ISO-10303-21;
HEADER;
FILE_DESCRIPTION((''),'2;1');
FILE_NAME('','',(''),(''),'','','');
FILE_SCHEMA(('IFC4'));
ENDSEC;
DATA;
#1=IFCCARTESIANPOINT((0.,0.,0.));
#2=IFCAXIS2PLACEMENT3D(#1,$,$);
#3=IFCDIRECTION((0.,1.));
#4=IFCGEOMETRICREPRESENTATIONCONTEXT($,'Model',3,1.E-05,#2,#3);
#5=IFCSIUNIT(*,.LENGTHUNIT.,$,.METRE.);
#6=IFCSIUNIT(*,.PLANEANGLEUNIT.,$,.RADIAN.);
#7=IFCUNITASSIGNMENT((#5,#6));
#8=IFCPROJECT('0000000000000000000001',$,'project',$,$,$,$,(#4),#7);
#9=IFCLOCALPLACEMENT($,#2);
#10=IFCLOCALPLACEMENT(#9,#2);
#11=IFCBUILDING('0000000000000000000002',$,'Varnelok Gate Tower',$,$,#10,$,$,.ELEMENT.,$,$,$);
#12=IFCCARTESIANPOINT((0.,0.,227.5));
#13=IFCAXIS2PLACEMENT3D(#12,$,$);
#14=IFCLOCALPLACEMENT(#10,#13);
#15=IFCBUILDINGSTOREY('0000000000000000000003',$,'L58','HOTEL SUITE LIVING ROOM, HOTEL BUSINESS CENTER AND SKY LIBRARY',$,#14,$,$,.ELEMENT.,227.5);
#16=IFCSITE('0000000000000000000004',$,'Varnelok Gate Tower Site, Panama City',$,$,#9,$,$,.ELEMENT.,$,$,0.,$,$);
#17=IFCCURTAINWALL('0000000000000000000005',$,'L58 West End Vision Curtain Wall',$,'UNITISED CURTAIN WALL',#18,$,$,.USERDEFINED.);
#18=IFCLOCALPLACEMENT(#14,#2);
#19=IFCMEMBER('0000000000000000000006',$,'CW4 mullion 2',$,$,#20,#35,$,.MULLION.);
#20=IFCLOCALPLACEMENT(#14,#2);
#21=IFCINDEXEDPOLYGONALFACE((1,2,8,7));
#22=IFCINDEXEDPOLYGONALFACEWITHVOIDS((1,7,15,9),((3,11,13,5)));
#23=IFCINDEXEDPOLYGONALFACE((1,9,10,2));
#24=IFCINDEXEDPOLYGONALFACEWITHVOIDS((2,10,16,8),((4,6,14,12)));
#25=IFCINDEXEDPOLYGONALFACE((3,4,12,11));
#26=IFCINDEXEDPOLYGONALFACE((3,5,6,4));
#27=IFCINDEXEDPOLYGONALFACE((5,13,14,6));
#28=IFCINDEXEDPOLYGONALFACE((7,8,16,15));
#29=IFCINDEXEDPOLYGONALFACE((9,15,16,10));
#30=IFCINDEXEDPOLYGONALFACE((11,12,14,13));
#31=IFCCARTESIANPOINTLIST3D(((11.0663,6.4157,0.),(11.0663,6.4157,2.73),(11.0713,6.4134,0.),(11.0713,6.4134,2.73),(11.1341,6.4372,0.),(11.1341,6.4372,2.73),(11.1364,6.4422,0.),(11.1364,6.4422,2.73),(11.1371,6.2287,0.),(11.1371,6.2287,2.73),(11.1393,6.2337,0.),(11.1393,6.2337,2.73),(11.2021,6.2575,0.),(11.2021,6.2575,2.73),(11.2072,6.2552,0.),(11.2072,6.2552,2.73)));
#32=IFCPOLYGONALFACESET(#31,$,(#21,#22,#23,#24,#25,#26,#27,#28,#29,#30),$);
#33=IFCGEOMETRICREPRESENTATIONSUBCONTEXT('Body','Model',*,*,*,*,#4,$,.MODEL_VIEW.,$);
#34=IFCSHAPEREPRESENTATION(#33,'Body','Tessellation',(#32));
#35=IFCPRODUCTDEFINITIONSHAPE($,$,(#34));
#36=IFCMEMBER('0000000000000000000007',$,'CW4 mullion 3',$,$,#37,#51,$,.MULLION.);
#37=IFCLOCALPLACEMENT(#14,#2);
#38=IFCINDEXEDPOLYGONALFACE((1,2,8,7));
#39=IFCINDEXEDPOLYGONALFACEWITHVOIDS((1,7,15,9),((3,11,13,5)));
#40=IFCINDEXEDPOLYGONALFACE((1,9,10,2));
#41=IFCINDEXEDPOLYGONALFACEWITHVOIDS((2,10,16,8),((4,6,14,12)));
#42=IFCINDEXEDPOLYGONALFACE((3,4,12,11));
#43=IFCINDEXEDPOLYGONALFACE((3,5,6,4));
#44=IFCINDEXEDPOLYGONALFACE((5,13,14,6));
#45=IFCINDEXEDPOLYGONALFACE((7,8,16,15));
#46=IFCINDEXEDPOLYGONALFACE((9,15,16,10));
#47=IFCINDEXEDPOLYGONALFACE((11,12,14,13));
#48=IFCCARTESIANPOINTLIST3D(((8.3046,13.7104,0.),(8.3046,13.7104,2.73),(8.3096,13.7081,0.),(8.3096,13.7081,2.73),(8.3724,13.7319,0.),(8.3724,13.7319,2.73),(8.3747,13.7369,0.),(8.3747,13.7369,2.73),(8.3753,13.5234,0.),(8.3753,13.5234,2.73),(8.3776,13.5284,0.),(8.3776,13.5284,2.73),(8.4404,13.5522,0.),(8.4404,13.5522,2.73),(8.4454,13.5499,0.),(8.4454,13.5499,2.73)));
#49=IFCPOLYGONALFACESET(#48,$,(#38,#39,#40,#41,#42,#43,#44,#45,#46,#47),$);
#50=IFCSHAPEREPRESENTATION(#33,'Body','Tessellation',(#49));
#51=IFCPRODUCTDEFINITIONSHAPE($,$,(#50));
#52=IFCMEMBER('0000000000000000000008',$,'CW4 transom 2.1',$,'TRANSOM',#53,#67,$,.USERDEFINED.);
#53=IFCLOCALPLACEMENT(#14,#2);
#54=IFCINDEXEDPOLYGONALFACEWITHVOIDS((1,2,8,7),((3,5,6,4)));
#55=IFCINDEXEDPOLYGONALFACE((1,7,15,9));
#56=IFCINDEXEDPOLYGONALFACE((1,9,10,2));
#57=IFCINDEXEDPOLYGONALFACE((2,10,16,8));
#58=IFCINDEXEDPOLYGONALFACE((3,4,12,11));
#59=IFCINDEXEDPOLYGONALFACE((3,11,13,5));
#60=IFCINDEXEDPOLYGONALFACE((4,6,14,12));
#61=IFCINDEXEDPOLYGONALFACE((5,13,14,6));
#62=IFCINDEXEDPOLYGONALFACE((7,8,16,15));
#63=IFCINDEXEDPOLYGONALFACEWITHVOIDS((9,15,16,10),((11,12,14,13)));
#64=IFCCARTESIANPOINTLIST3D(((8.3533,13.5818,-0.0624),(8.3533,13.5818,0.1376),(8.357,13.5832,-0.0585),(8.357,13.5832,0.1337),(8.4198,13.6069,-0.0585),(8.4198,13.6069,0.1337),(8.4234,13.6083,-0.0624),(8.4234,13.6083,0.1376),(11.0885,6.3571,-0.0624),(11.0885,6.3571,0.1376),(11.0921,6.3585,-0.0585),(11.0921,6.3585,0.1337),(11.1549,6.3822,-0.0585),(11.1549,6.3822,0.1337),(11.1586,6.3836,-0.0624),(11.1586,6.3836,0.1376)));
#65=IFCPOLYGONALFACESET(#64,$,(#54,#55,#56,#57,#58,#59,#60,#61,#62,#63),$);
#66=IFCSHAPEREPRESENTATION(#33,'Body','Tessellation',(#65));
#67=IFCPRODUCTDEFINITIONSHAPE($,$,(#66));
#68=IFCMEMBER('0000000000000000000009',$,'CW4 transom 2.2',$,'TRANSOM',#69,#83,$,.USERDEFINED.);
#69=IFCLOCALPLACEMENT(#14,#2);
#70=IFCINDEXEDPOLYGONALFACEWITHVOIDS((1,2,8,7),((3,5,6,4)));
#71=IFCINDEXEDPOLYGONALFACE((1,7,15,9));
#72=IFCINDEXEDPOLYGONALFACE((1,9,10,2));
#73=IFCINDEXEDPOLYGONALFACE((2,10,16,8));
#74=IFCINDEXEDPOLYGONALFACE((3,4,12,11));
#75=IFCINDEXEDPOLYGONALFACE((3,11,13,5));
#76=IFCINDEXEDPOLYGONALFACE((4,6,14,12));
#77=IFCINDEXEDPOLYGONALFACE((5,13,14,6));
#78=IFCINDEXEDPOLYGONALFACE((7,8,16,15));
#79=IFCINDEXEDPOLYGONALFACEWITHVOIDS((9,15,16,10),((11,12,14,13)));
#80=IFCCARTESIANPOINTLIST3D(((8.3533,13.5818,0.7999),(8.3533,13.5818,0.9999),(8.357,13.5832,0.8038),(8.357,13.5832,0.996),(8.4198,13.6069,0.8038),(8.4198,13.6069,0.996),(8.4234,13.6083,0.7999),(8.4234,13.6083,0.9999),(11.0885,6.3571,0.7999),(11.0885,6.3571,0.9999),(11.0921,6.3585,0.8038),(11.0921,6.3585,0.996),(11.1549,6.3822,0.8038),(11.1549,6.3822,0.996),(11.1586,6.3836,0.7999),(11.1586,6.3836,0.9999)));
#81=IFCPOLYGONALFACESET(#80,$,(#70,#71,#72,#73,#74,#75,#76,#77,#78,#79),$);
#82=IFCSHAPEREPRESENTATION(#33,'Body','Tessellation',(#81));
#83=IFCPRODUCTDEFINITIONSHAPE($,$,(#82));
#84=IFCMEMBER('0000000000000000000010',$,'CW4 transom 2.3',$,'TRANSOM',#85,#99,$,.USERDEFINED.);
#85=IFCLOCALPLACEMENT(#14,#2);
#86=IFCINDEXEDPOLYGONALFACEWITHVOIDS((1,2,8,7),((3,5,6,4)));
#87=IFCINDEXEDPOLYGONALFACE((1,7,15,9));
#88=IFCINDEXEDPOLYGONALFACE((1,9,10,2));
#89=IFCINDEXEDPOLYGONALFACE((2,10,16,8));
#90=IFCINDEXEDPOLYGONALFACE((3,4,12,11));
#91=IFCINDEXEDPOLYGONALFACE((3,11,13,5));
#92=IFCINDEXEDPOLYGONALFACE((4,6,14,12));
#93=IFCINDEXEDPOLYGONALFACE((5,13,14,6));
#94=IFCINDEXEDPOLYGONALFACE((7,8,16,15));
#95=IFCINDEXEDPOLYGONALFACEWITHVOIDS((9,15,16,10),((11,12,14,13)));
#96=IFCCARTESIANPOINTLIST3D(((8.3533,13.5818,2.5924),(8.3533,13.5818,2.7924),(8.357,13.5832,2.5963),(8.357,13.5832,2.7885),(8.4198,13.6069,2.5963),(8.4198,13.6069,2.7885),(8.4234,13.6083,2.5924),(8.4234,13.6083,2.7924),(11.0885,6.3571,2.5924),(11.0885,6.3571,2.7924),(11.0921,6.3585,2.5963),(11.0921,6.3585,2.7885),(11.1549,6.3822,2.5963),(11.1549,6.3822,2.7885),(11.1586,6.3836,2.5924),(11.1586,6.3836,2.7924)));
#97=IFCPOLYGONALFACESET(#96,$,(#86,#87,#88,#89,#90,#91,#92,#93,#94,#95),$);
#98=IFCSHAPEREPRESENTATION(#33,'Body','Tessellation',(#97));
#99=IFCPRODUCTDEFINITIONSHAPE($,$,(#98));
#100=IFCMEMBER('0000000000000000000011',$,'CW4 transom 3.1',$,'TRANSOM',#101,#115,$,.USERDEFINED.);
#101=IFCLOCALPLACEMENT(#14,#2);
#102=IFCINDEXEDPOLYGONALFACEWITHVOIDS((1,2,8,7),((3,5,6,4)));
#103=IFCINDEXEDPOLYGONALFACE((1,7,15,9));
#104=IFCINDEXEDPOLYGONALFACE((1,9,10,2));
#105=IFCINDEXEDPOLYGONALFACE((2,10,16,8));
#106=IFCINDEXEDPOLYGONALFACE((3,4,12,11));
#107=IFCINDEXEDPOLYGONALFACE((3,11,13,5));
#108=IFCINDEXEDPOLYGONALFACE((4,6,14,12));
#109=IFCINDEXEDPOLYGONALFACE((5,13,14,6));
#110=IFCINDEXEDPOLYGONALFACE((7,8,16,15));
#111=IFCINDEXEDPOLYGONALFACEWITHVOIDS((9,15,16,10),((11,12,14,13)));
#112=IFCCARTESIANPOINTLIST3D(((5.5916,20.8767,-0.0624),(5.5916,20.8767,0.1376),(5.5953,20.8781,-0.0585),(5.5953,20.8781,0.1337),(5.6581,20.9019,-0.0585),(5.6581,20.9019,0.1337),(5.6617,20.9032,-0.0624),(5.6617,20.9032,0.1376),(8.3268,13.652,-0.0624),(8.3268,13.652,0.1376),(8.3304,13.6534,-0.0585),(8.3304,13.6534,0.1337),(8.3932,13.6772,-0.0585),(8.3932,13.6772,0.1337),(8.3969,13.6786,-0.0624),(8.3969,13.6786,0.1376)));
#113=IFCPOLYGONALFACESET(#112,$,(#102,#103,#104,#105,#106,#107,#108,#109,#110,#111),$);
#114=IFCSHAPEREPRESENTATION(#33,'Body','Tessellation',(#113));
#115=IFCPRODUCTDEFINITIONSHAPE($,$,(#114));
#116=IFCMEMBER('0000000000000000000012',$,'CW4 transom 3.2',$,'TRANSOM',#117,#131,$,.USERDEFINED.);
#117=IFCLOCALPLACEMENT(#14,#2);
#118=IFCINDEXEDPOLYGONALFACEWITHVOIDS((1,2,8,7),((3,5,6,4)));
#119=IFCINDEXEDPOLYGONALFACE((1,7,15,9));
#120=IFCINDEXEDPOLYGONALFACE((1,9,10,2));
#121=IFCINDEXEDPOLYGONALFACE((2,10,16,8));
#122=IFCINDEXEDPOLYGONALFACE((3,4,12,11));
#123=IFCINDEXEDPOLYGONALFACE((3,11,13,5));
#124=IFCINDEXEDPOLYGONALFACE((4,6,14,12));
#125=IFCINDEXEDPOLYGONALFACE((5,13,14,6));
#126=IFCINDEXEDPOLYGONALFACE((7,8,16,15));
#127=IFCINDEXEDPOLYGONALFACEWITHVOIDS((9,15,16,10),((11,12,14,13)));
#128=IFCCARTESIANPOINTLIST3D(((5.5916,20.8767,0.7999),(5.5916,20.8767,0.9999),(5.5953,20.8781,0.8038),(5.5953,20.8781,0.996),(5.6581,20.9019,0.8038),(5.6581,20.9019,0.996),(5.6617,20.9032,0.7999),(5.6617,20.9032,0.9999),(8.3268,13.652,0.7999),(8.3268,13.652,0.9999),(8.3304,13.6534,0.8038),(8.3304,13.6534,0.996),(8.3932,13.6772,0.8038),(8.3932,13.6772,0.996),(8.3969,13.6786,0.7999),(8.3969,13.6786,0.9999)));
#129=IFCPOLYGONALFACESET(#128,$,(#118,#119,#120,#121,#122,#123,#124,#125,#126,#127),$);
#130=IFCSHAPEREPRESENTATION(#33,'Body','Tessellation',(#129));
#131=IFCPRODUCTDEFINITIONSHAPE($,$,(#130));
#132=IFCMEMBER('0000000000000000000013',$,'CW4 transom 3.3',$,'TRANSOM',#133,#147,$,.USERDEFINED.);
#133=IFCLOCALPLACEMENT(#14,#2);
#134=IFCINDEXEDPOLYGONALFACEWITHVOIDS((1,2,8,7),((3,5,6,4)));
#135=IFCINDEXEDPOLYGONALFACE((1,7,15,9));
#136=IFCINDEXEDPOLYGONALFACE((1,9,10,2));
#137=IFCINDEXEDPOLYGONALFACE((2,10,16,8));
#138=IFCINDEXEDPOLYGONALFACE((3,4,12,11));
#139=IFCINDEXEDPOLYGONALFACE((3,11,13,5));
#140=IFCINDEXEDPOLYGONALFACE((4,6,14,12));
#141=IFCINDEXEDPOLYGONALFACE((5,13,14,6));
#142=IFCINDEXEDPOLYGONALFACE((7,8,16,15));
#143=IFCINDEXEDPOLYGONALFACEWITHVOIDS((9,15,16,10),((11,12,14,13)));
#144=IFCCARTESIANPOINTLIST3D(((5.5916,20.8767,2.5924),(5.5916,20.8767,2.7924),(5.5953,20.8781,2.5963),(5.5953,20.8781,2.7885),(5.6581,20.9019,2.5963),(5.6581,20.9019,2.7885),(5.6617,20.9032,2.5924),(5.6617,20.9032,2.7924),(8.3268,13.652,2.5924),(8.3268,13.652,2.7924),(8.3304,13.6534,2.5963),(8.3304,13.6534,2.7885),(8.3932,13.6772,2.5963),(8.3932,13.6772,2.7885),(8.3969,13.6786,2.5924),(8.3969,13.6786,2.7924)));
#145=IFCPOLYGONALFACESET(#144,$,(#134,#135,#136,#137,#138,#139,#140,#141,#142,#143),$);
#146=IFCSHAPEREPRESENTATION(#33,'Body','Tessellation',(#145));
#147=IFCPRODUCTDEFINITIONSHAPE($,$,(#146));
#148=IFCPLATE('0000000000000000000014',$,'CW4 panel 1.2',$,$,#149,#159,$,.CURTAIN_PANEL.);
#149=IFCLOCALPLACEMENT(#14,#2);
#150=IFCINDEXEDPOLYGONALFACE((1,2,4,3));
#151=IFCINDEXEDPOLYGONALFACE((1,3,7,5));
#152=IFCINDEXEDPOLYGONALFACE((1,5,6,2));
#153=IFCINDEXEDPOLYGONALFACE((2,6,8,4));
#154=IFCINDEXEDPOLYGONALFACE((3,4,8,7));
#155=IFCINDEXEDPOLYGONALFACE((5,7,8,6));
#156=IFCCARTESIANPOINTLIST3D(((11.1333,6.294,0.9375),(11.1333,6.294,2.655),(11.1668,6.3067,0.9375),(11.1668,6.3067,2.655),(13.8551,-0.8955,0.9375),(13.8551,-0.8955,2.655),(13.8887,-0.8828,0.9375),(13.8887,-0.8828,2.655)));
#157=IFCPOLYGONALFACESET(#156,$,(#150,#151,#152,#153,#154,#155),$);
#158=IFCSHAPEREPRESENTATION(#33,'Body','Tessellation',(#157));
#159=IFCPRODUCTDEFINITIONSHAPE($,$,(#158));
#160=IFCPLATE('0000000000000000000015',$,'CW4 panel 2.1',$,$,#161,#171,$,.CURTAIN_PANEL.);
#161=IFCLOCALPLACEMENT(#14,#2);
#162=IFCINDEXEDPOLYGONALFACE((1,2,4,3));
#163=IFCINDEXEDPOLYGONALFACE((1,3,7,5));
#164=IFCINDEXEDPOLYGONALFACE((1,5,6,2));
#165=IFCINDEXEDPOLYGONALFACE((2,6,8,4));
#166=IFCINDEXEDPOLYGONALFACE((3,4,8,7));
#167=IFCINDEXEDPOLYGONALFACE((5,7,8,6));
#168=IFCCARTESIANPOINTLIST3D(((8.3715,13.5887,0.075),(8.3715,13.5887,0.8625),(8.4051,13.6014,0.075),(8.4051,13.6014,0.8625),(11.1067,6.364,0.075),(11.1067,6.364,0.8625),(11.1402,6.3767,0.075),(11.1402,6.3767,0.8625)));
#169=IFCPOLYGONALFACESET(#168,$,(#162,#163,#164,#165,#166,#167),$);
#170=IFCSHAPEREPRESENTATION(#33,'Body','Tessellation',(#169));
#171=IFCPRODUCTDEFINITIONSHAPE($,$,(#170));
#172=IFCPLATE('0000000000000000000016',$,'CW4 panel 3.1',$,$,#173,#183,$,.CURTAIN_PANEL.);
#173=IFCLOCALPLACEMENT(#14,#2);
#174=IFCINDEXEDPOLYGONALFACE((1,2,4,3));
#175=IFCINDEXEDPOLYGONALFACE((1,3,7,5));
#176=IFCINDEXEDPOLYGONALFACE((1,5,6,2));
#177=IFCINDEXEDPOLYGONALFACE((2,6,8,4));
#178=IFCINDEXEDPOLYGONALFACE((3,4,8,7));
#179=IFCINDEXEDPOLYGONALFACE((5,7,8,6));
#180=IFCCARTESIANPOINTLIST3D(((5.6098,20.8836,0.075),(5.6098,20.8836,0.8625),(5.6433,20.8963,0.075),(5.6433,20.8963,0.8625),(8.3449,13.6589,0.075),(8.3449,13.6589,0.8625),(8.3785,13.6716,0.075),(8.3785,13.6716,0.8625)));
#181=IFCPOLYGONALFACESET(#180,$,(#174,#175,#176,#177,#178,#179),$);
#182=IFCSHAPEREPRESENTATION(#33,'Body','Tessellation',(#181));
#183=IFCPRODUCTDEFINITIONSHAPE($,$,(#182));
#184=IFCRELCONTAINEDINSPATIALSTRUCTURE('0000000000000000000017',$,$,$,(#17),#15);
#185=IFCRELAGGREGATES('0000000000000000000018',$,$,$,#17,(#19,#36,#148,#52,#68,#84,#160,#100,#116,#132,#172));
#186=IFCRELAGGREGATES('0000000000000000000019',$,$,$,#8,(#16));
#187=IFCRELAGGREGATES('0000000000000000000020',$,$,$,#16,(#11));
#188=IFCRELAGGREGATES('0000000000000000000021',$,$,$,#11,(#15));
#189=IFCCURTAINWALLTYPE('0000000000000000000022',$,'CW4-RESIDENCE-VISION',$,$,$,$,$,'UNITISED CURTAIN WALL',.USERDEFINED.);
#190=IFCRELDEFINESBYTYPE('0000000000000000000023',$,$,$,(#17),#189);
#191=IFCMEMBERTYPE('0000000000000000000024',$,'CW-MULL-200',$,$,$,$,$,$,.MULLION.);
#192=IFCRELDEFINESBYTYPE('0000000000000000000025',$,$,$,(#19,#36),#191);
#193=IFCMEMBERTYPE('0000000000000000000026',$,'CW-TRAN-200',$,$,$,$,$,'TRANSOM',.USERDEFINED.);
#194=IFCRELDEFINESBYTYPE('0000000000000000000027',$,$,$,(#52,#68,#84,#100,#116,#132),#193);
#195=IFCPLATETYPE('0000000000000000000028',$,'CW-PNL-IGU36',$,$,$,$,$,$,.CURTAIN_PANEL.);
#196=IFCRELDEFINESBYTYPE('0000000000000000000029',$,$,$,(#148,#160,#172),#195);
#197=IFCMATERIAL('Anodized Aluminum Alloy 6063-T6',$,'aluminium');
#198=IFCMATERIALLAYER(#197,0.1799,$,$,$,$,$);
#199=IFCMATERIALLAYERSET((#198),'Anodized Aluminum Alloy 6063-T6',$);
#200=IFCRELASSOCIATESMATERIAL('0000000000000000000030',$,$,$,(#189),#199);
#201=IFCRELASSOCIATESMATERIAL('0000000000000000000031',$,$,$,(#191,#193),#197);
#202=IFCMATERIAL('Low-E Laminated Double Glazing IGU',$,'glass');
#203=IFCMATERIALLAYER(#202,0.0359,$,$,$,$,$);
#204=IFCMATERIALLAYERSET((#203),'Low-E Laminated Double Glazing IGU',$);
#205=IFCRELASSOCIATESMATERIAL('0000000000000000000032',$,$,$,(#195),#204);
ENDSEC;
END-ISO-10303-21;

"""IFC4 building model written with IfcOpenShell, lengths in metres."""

from ifc_helpers import new_model, si_unit, direction, frame, origin, origin_2d, place, context, subcontext, project, spatial, rectangle, hollow_rectangle, extrude, source, transform, mapped, material, layer, layer_set, material_profile, profile_set, type_object, element, aggregate, save


model = new_model("IFC4")

# Units and contexts
model_context = context("Model", 3, precision=1e-05, world=origin(), true_north=direction((0.0, 1.0)))
body_context = subcontext(model_context, "Body", "Model", "MODEL_VIEW")
ifc_project = project(units=[si_unit("LENGTHUNIT", "METRE"), si_unit("PLANEANGLEUNIT", "RADIAN")], contexts=[model_context])

# Site, building, storey
site_placement = place(None, origin())
site = spatial("IfcSite", under=ifc_project, at=site_placement, Name="Varnelok Gate Tower Site, Panama City", CompositionType="ELEMENT", RefElevation=0.0)
building_placement = place(site_placement, origin())
building = spatial("IfcBuilding", under=site, at=building_placement, Name="Varnelok Gate Tower", CompositionType="ELEMENT")
storey_placement = place(building_placement, frame((0.0, 0.0, 227.5)))
storey = spatial("IfcBuildingStorey", under=building, at=storey_placement, Name="L58", Description="HOTEL SUITE LIVING ROOM, HOTEL BUSINESS CENTER AND SKY LIBRARY", CompositionType="ELEMENT", Elevation=227.5)

# Curtain wall, members, plates
ifc_material_1 = material(Name="Anodized Aluminum Alloy 6063-T6", Category="aluminium")
ifc_layer_1 = layer(ifc_material_1, 0.1799)
ifc_layer_set_1 = layer_set([ifc_layer_1], Name="Anodized Aluminum Alloy 6063-T6")
curtain_wall_type = type_object("IfcCurtainWallType", Name="CW4-RESIDENCE-VISION", ElementType="UNITISED CURTAIN WALL", PredefinedType="USERDEFINED", material=ifc_layer_set_1)
curtain_wall_placement = place(storey_placement, origin())
curtain_wall = element("IfcCurtainWall", 1, at=curtain_wall_placement, inside=storey, type_object=curtain_wall_type, Name="L58 West End Vision Curtain Wall", ObjectType="UNITISED CURTAIN WALL", PredefinedType="USERDEFINED")
ifc_material_profile_1 = material_profile(ifc_material_1, hollow_rectangle(XDim=0.075, YDim=0.2, WallThickness=0.0039, at=origin_2d()), Name="ALU200X75X4")
ifc_profile_set_1 = profile_set([ifc_material_profile_1], Name="Anodized Aluminum Alloy 6063-T6")
member_type_1 = type_object("IfcMemberType", Name="CW-MULL-200", PredefinedType="MULLION", material=ifc_profile_set_1)
member_1_placement = place(storey_placement, frame((11.1367, 6.3354, 0.0), z_axis=(0.0, 0.0, 1.0), x_axis=(-0.935222, -0.354063, 0.0)))
member_1 = element("IfcMember", 2, at=member_1_placement, type_object=member_type_1, Name="CW4 mullion 2", PredefinedType="MULLION", context=body_context, shape_type="SweptSolid", body=[
    extrude(hollow_rectangle(XDim=0.075, YDim=0.2, WallThickness=0.0039, at=origin_2d()), origin(), (0.0, 0.0, 1.0), 2.73),
])
member_2_placement = place(storey_placement, frame((8.375, 13.6301, 0.0), z_axis=(0.0, 0.0, 1.0), x_axis=(-0.935222, -0.354063, 0.0)))
member_2 = element("IfcMember", 3, at=member_2_placement, type_object=member_type_1, Name="CW4 mullion 3", PredefinedType="MULLION", context=body_context, shape_type="SweptSolid", body=[
    extrude(hollow_rectangle(XDim=0.075, YDim=0.2, WallThickness=0.0039, at=origin_2d()), origin(), (0.0, 0.0, 1.0), 2.73),
])
ifc_material_profile_2 = material_profile(ifc_material_1, hollow_rectangle(XDim=0.075, YDim=0.2, WallThickness=0.0039, at=origin_2d()), Name="ALU200X75X4")
ifc_profile_set_2 = profile_set([ifc_material_profile_2], Name="Anodized Aluminum Alloy 6063-T6")
member_type_2 = type_object("IfcMemberType", Name="CW-TRAN-200", ElementType="TRANSOM", PredefinedType="USERDEFINED", material=ifc_profile_set_2)
member_3_placement = place(storey_placement, frame((11.1235, 6.3704, 0.0376), z_axis=(-0.354059, 0.935223, 0.0), x_axis=(-0.935223, -0.354059, 0.0)))
member_3 = element("IfcMember", 4, at=member_3_placement, type_object=member_type_2, Name="CW4 transom 2.1", ObjectType="TRANSOM", PredefinedType="USERDEFINED", context=body_context, shape_type="SweptSolid", body=[
    extrude(hollow_rectangle(XDim=0.075, YDim=0.2, WallThickness=0.0039, at=origin_2d()), origin(), (0.0, 0.0, 1.0), 7.7251),
])
member_4_placement = place(storey_placement, frame((11.1235, 6.3704, 0.8999), z_axis=(-0.354059, 0.935223, 0.0), x_axis=(-0.935223, -0.354059, 0.0)))
member_4 = element("IfcMember", 5, at=member_4_placement, type_object=member_type_2, Name="CW4 transom 2.2", ObjectType="TRANSOM", PredefinedType="USERDEFINED", context=body_context, shape_type="SweptSolid", body=[
    extrude(hollow_rectangle(XDim=0.075, YDim=0.2, WallThickness=0.0039, at=origin_2d()), origin(), (0.0, 0.0, 1.0), 7.7251),
])
member_5_placement = place(storey_placement, frame((11.1235, 6.3704, 2.6924), z_axis=(-0.354059, 0.935223, 0.0), x_axis=(-0.935223, -0.354059, 0.0)))
member_5 = element("IfcMember", 6, at=member_5_placement, type_object=member_type_2, Name="CW4 transom 2.3", ObjectType="TRANSOM", PredefinedType="USERDEFINED", context=body_context, shape_type="SweptSolid", body=[
    extrude(hollow_rectangle(XDim=0.075, YDim=0.2, WallThickness=0.0039, at=origin_2d()), origin(), (0.0, 0.0, 1.0), 7.7251),
])
member_6_placement = place(storey_placement, frame((8.3618, 13.6653, 0.0376), z_axis=(-0.354059, 0.935223, 0.0), x_axis=(-0.935223, -0.354059, 0.0)))
member_6 = element("IfcMember", 7, at=member_6_placement, type_object=member_type_2, Name="CW4 transom 3.1", ObjectType="TRANSOM", PredefinedType="USERDEFINED", context=body_context, shape_type="SweptSolid", body=[
    extrude(hollow_rectangle(XDim=0.075, YDim=0.2, WallThickness=0.0039, at=origin_2d()), origin(), (0.0, 0.0, 1.0), 7.7251),
])
member_7_placement = place(storey_placement, frame((8.3618, 13.6653, 0.8999), z_axis=(-0.354059, 0.935223, 0.0), x_axis=(-0.935223, -0.354059, 0.0)))
member_7 = element("IfcMember", 8, at=member_7_placement, type_object=member_type_2, Name="CW4 transom 3.2", ObjectType="TRANSOM", PredefinedType="USERDEFINED", context=body_context, shape_type="SweptSolid", body=[
    extrude(hollow_rectangle(XDim=0.075, YDim=0.2, WallThickness=0.0039, at=origin_2d()), origin(), (0.0, 0.0, 1.0), 7.7251),
])
member_8_placement = place(storey_placement, frame((8.3618, 13.6653, 2.6924), z_axis=(-0.354059, 0.935223, 0.0), x_axis=(-0.935223, -0.354059, 0.0)))
member_8 = element("IfcMember", 9, at=member_8_placement, type_object=member_type_2, Name="CW4 transom 3.3", ObjectType="TRANSOM", PredefinedType="USERDEFINED", context=body_context, shape_type="SweptSolid", body=[
    extrude(hollow_rectangle(XDim=0.075, YDim=0.2, WallThickness=0.0039, at=origin_2d()), origin(), (0.0, 0.0, 1.0), 7.7251),
])
ifc_material_2 = material(Name="Low-E Laminated Double Glazing IGU", Category="glass")
ifc_layer_2 = layer(ifc_material_2, 0.0359)
ifc_layer_set_2 = layer_set([ifc_layer_2], Name="Low-E Laminated Double Glazing IGU")
plate_type = type_object("IfcPlateType", Name="CW-PNL-IGU36", PredefinedType="CURTAIN_PANEL", material=ifc_layer_set_2)
shared_shape_1 = source(origin(), body_context, "Body", "SweptSolid", [
    extrude(rectangle(XDim=7.6875, YDim=0.0359, at=origin_2d()), origin(), (0.0, 0.0, 1.0), 1.7175),
])
plate_1_placement = place(storey_placement, frame((12.511, 2.7056, 0.9375), z_axis=(0.0, 0.0, 1.0), x_axis=(-0.354063, 0.935222, 0.0)))
plate_1 = element("IfcPlate", 10, at=plate_1_placement, type_object=plate_type, Name="CW4 panel 1.2", PredefinedType="CURTAIN_PANEL", context=body_context, shape_type="MappedRepresentation", body=[
    mapped(shared_shape_1, transform((0.0, 0.0, 0.0), scale=1.0)),
])
shared_shape_2 = source(origin(), body_context, "Body", "SweptSolid", [
    extrude(rectangle(XDim=7.7251, YDim=0.0359, at=origin_2d()), origin(), (0.0, 0.0, 1.0), 0.7876),
])
plate_2_placement = place(storey_placement, frame((9.7559, 9.9827, 0.075), z_axis=(0.0, 0.0, 1.0), x_axis=(-0.354063, 0.935222, 0.0)))
plate_2 = element("IfcPlate", 11, at=plate_2_placement, type_object=plate_type, Name="CW4 panel 2.1", PredefinedType="CURTAIN_PANEL", context=body_context, shape_type="MappedRepresentation", body=[
    mapped(shared_shape_2, transform((0.0, 0.0, 0.0), scale=1.0)),
])
plate_3_placement = place(storey_placement, frame((6.9941, 17.2776, 0.075), z_axis=(0.0, 0.0, 1.0), x_axis=(-0.354063, 0.935222, 0.0)))
plate_3 = element("IfcPlate", 12, at=plate_3_placement, type_object=plate_type, Name="CW4 panel 3.1", PredefinedType="CURTAIN_PANEL", context=body_context, shape_type="MappedRepresentation", body=[
    mapped(shared_shape_2, transform((0.0, 0.0, 0.0), scale=1.0)),
])
aggregate(curtain_wall, [member_1, member_2, plate_1, member_3, member_4, member_5, plate_2, member_6, member_7, member_8, plate_3])

save(model, "model.ifc")
